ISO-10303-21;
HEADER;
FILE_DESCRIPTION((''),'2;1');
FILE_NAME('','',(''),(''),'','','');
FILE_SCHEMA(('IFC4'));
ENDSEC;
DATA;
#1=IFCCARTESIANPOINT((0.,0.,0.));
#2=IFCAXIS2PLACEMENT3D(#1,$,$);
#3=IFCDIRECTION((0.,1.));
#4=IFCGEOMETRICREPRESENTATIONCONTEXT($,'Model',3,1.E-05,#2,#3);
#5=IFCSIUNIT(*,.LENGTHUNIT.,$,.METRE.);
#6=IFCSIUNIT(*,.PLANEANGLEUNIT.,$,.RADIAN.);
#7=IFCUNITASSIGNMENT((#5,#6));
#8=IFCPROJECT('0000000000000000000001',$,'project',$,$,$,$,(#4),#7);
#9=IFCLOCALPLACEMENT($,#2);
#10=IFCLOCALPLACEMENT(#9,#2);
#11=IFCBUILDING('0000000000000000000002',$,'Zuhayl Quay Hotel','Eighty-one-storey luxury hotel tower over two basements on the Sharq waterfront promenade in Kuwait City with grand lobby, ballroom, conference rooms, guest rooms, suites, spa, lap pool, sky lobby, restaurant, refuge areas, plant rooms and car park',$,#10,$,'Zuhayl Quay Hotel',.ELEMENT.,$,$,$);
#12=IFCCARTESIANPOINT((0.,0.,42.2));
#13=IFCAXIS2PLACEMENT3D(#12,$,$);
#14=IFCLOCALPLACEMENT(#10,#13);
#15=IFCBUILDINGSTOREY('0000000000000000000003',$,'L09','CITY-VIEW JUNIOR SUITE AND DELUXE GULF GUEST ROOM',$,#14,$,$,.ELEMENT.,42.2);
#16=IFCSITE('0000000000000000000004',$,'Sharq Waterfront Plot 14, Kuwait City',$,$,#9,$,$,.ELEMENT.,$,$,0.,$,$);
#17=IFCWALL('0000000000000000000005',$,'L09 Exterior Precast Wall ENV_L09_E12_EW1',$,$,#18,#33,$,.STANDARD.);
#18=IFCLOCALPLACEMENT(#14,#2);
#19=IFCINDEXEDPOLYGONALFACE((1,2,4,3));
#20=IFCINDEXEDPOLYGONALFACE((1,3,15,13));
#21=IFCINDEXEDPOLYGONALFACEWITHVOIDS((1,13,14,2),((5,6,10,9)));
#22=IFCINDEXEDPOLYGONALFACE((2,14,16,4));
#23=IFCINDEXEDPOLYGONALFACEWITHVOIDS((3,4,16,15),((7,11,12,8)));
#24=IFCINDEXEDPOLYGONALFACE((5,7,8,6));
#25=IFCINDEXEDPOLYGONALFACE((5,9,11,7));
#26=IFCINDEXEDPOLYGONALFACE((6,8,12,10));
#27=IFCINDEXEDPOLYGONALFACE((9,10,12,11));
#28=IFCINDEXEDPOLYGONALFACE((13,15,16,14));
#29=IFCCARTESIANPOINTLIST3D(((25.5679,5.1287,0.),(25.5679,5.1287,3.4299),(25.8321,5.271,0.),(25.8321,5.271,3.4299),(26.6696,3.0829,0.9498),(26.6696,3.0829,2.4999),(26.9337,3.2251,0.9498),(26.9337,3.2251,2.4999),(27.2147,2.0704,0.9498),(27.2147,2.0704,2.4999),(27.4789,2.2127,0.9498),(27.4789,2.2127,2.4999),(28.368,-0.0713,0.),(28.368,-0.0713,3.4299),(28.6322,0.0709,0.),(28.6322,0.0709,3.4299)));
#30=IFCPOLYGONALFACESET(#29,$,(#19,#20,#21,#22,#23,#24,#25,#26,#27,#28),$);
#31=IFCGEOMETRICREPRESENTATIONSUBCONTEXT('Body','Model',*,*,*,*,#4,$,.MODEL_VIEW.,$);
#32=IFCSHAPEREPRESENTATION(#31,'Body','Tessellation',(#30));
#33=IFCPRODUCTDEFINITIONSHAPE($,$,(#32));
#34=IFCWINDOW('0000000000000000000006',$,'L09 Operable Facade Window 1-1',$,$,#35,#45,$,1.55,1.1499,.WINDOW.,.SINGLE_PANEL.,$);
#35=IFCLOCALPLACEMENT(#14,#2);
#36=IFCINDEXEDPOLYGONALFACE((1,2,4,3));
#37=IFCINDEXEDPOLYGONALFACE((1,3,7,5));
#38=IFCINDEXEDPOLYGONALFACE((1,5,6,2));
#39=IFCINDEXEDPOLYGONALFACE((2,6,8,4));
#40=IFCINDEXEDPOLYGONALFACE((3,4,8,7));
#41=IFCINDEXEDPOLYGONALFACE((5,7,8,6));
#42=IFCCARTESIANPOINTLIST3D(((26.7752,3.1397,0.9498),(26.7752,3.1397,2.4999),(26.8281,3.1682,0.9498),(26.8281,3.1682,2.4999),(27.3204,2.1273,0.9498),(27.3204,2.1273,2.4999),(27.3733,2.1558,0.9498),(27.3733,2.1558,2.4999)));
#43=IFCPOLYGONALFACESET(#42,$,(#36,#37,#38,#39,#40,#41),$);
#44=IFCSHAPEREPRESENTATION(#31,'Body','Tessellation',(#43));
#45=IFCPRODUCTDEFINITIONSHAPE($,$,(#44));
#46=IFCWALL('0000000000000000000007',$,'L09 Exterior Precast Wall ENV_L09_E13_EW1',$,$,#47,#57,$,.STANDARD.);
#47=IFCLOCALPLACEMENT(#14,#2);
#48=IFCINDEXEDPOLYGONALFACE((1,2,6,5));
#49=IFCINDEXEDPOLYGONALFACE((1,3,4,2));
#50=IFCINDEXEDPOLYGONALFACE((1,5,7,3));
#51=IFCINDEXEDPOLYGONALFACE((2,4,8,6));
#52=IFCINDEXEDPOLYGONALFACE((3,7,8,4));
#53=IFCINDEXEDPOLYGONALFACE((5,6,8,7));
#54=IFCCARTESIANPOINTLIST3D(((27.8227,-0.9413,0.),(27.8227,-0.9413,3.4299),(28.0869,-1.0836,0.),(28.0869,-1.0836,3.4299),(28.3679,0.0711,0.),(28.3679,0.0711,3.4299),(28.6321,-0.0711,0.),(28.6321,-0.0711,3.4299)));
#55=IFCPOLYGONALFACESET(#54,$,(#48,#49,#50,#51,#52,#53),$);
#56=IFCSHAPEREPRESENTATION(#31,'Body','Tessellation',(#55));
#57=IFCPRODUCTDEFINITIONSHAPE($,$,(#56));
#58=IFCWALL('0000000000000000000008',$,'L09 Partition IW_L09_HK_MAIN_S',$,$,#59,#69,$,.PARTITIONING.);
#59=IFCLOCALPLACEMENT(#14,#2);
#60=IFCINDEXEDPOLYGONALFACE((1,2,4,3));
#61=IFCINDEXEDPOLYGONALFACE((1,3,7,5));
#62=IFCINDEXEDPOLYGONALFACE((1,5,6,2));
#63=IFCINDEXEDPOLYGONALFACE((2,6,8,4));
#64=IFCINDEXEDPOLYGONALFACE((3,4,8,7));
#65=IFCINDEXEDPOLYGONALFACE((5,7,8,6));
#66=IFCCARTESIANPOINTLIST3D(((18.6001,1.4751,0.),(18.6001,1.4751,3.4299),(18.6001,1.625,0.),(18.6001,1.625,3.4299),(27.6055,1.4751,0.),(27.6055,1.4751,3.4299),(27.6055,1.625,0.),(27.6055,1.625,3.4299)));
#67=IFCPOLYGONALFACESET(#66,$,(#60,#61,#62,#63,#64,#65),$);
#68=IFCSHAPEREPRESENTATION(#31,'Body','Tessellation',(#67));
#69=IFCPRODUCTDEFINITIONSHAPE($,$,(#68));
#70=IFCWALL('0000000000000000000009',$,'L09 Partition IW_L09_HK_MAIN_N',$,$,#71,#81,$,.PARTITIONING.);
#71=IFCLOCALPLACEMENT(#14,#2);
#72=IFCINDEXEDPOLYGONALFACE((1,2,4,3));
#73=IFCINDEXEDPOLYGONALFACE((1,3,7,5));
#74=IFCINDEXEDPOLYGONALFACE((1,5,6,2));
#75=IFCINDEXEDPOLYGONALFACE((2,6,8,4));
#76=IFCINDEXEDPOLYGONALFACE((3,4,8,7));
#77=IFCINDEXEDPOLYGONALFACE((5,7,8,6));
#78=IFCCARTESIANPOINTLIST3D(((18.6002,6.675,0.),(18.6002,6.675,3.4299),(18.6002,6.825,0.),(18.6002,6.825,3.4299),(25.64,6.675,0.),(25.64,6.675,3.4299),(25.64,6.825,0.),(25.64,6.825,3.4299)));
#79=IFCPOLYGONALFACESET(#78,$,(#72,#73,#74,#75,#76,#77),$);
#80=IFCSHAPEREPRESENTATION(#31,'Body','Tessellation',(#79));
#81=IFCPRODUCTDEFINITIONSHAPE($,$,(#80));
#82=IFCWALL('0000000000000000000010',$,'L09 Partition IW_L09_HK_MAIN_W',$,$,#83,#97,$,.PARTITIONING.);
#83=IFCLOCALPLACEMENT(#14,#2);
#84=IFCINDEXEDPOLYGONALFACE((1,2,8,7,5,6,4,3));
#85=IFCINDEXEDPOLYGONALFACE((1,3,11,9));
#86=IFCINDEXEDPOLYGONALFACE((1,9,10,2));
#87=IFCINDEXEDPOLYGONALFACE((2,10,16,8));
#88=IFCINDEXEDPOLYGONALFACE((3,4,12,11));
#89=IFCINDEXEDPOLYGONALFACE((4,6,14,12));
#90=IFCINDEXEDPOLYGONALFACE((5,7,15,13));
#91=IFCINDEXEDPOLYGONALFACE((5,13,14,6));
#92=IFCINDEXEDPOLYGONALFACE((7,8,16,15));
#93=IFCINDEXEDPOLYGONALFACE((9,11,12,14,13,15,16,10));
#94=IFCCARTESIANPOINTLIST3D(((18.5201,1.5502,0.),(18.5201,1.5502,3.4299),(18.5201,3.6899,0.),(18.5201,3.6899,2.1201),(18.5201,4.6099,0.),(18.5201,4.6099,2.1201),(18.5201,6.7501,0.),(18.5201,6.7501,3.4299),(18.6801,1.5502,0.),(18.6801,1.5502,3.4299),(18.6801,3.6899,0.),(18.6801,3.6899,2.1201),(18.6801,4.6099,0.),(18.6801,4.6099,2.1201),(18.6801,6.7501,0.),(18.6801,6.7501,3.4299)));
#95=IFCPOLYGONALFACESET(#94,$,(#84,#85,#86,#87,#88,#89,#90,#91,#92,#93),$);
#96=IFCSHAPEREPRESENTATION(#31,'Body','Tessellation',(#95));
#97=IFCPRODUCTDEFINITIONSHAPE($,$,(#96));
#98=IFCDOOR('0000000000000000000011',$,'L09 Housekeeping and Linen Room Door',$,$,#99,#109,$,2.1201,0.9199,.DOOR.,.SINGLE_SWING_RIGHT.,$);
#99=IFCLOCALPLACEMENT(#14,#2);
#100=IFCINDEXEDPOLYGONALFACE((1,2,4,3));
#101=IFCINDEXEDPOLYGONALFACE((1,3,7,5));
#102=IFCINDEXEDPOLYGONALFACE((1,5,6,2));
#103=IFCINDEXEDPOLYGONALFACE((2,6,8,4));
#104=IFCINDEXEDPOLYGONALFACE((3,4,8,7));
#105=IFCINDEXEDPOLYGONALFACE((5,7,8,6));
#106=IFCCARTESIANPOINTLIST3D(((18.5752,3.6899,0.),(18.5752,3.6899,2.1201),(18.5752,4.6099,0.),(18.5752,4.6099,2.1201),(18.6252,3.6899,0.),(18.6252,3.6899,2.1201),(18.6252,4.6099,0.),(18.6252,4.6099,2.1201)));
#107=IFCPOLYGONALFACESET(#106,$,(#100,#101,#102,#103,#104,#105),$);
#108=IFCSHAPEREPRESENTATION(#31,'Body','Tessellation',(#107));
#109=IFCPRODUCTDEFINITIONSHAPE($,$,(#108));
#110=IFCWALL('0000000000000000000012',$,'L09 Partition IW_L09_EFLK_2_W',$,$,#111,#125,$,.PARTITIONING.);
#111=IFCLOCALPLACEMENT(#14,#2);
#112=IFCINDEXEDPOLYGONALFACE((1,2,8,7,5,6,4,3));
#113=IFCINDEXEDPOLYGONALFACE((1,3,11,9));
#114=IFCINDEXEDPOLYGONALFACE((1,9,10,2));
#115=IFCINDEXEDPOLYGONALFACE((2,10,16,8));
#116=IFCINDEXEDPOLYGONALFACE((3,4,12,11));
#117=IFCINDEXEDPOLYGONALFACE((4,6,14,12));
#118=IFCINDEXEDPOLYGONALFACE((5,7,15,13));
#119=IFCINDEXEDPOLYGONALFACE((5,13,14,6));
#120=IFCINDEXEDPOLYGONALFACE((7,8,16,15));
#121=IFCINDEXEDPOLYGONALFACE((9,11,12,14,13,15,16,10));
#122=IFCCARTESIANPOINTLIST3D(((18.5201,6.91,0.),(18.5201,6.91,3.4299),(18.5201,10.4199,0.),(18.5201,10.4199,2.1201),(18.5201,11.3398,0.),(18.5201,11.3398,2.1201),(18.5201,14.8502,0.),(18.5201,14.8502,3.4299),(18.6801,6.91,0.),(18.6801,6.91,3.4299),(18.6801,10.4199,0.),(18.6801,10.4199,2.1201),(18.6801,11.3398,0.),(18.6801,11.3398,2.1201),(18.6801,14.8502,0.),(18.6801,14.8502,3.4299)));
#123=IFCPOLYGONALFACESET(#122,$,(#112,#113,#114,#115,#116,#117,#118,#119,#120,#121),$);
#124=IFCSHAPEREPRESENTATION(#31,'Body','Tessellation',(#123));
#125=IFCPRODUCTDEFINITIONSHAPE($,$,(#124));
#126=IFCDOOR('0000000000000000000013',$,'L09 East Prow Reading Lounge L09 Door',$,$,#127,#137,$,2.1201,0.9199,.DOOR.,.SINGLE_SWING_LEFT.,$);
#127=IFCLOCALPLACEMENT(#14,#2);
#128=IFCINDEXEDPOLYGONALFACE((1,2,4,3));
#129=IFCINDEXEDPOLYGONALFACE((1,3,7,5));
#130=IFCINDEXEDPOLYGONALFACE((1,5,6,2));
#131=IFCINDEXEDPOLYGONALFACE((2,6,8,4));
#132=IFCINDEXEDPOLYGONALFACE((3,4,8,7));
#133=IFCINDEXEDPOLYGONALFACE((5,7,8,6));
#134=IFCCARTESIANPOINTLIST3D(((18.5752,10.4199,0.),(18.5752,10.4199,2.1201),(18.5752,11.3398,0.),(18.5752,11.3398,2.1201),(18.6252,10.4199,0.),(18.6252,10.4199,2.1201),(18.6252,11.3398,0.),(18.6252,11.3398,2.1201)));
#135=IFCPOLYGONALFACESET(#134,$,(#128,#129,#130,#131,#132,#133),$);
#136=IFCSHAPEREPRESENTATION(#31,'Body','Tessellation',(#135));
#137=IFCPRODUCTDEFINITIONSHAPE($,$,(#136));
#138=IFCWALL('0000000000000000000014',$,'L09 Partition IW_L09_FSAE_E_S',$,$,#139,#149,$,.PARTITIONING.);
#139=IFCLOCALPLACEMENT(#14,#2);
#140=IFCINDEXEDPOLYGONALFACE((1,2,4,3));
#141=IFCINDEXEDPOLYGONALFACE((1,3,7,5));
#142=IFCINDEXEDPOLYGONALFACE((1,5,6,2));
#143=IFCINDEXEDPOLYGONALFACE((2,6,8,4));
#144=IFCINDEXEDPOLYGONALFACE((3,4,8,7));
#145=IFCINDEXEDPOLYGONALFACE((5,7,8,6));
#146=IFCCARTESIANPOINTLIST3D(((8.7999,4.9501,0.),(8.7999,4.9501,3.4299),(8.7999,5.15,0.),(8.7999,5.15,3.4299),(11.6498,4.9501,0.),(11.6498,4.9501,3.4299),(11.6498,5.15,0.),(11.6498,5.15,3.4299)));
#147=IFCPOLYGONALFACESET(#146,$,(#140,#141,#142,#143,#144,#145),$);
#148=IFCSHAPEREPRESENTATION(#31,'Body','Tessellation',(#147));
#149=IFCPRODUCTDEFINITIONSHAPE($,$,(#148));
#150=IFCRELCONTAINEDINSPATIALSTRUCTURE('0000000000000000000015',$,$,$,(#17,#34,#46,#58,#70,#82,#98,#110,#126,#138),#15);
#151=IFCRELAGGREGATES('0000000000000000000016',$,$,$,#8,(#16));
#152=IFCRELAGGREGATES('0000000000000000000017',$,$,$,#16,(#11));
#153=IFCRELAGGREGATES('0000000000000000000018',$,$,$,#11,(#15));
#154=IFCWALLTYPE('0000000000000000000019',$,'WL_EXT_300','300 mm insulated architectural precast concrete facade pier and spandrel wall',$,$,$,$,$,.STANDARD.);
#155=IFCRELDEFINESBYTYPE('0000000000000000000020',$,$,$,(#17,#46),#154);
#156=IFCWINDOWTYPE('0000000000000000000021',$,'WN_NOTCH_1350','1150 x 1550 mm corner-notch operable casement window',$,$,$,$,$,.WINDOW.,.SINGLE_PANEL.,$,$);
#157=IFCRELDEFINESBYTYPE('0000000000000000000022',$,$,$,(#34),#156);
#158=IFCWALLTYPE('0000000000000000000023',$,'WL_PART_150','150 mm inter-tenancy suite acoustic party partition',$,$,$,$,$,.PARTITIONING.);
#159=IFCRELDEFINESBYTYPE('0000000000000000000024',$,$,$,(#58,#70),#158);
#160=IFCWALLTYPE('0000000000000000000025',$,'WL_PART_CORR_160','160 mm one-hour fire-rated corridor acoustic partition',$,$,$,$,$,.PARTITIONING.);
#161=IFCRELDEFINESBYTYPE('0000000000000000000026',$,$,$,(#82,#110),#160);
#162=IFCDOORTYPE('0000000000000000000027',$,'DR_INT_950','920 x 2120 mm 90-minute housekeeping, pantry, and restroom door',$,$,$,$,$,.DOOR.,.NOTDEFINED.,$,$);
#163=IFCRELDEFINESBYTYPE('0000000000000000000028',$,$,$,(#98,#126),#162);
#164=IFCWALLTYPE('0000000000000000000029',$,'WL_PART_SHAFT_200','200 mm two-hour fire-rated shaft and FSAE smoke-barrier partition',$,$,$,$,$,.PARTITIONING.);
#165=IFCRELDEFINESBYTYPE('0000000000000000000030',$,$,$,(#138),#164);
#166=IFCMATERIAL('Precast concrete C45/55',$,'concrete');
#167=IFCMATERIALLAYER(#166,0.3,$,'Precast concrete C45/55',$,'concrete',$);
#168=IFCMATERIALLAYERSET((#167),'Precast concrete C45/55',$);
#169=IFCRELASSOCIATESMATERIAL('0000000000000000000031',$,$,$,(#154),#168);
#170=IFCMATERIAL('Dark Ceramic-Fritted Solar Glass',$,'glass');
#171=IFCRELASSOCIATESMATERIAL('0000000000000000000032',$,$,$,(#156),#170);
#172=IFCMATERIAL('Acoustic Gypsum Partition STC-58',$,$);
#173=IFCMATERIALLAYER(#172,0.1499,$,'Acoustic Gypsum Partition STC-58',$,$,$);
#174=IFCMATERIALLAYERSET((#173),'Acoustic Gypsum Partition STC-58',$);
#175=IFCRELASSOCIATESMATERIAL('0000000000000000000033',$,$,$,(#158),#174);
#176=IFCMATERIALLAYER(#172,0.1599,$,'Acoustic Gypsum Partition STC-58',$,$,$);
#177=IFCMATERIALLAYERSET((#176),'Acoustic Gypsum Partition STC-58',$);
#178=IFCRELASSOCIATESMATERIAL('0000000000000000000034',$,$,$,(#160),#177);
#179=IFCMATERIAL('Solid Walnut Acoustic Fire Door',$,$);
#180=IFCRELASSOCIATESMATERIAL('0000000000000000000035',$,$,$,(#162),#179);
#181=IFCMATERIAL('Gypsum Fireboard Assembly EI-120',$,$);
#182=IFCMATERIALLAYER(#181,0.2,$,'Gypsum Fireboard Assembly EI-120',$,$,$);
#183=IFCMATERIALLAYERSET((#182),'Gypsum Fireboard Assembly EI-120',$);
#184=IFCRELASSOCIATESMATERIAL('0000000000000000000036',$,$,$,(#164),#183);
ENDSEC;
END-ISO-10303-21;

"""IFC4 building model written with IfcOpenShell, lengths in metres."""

from ifc_helpers import new_model, si_unit, direction, frame, frame_2d, origin, place, context, subcontext, project, spatial, rectangle, extrude, material, layer, layer_set, type_object, element, fill, save


model = new_model("IFC4")

# Units and contexts
model_context = context("Model", 3, precision=1e-05, world=origin(), true_north=direction((0.0, 1.0)))
body_context = subcontext(model_context, "Body", "Model", "MODEL_VIEW")
ifc_project = project(units=[si_unit("LENGTHUNIT", "METRE"), si_unit("PLANEANGLEUNIT", "RADIAN")], contexts=[model_context])

# Site, building, storey
site_placement = place(None, origin())
site = spatial("IfcSite", under=ifc_project, at=site_placement, Name="Sharq Waterfront Plot 14, Kuwait City", CompositionType="ELEMENT", RefElevation=0.0)
building_placement = place(site_placement, origin())
building = spatial("IfcBuilding", under=site, at=building_placement, Name="Zuhayl Quay Hotel", Description="Eighty-one-storey luxury hotel tower over two basements on the Sharq waterfront promenade in Kuwait City with grand lobby, ballroom, conference rooms, guest rooms, suites, spa, lap pool, sky lobby, restaurant, refuge areas, plant rooms and car park", LongName="Zuhayl Quay Hotel", CompositionType="ELEMENT")
storey_placement = place(building_placement, frame((0.0, 0.0, 42.2)))
storey = spatial("IfcBuildingStorey", under=building, at=storey_placement, Name="L09", Description="CITY-VIEW JUNIOR SUITE AND DELUXE GULF GUEST ROOM", CompositionType="ELEMENT", Elevation=42.2)

# Shared definitions
ifc_material_1 = material(Name="Dark Ceramic-Fritted Solar Glass", Category="glass")

# Shared definitions
ifc_material_2 = material(Name="Precast concrete C45/55", Category="concrete")
ifc_layer_1 = layer(ifc_material_2, 0.3, Name="Precast concrete C45/55", Category="concrete")
ifc_layer_set_1 = layer_set([ifc_layer_1], Name="Precast concrete C45/55")
wall_type_1 = type_object("IfcWallType", Name="WL_EXT_300", Description="300 mm insulated architectural precast concrete facade pier and spandrel wall", PredefinedType="STANDARD", material=ifc_layer_set_1)

# Wall, opening, window
wall_1_placement = place(storey_placement, frame((25.7, 5.2, 0.0), z_axis=(0.0, 0.0, 1.0), x_axis=(0.47411, -0.880466, 0.0)))
wall_1 = element("IfcWall", 1, at=wall_1_placement, inside=storey, type_object=wall_type_1, Name="L09 Exterior Precast Wall ENV_L09_E12_EW1", PredefinedType="STANDARD", context=body_context, shape_type="SweptSolid", body=[
    extrude(rectangle(XDim=5.906, YDim=0.3, at=frame_2d((2.9531, 0.0))), origin(), (0.0, 0.0, 1.0), 3.4299),
])
opening_1_placement = place(wall_1_placement, frame((2.3237, 0.0, 0.95)))
opening_1 = element("IfcOpeningElement", 2, at=opening_1_placement, cuts=wall_1, PredefinedType="OPENING", context=body_context, shape_type="SweptSolid", body=[
    extrude(rectangle(XDim=1.1499, YDim=1.55, at=frame_2d((0.575, 0.7749))), frame((0.0, 0.1599, 0.0), z_axis=(0.0, -1.0, 0.0), x_axis=(1.0, 0.0, 0.0)), (0.0, 0.0, 1.0), 0.3201),
])
window_type = type_object("IfcWindowType", Name="WN_NOTCH_1350", Description="1150 x 1550 mm corner-notch operable casement window", PartitioningType="SINGLE_PANEL", PredefinedType="WINDOW", material=ifc_material_1)
window_placement = place(opening_1_placement, origin())
window = element("IfcWindow", 3, at=window_placement, inside=storey, type_object=window_type, Name="L09 Operable Facade Window 1-1", OverallHeight=1.55, OverallWidth=1.1499, PartitioningType="SINGLE_PANEL", PredefinedType="WINDOW", context=body_context, shape_type="SweptSolid", body=[
    extrude(rectangle(XDim=1.1499, YDim=1.55, at=frame_2d((0.575, 0.7749))), frame((0.0, 0.03, 0.0), z_axis=(0.0, -1.0, 0.0), x_axis=(1.0, 0.0, 0.0)), (0.0, 0.0, 1.0), 0.0601),
])
fill(opening_1, window)

# Walls
wall_2_placement = place(storey_placement, frame((28.5, 0.0, 0.0), z_axis=(0.0, 0.0, 1.0), x_axis=(-0.4741, -0.880471, 0.0)))
element("IfcWall", 4, at=wall_2_placement, inside=storey, type_object=wall_type_1, Name="L09 Exterior Precast Wall ENV_L09_E13_EW1", PredefinedType="STANDARD", context=body_context, shape_type="SweptSolid", body=[
    extrude(rectangle(XDim=1.1499, YDim=0.3, at=frame_2d((0.575, 0.0))), origin(), (0.0, 0.0, 1.0), 3.4299),
])
ifc_material_3 = material(Name="Acoustic Gypsum Partition STC-58")
ifc_layer_2 = layer(ifc_material_3, 0.1499, Name="Acoustic Gypsum Partition STC-58")
ifc_layer_set_2 = layer_set([ifc_layer_2], Name="Acoustic Gypsum Partition STC-58")
wall_type_2 = type_object("IfcWallType", Name="WL_PART_150", Description="150 mm inter-tenancy suite acoustic party partition", PredefinedType="PARTITIONING", material=ifc_layer_set_2)
wall_3_placement = place(storey_placement, frame((18.6001, 1.55, 0.0), z_axis=(0.0, 0.0, 1.0), x_axis=(1.0, 0.0, 0.0)))
element("IfcWall", 5, at=wall_3_placement, inside=storey, type_object=wall_type_2, Name="L09 Partition IW_L09_HK_MAIN_S", PredefinedType="PARTITIONING", context=body_context, shape_type="SweptSolid", body=[
    extrude(rectangle(XDim=9.0054, YDim=0.1499, at=frame_2d((4.5027, 0.0))), origin(), (0.0, 0.0, 1.0), 3.4299),
])
wall_4_placement = place(storey_placement, frame((18.6001, 6.75, 0.0), z_axis=(0.0, 0.0, 1.0), x_axis=(1.0, 0.0, 0.0)))
element("IfcWall", 6, at=wall_4_placement, inside=storey, type_object=wall_type_2, Name="L09 Partition IW_L09_HK_MAIN_N", PredefinedType="PARTITIONING", context=body_context, shape_type="SweptSolid", body=[
    extrude(rectangle(XDim=7.0398, YDim=0.1499, at=frame_2d((3.52, 0.0))), origin(), (0.0, 0.0, 1.0), 3.4299),
])

# Walls, openings, doors
ifc_layer_3 = layer(ifc_material_3, 0.1599, Name="Acoustic Gypsum Partition STC-58")
ifc_layer_set_3 = layer_set([ifc_layer_3], Name="Acoustic Gypsum Partition STC-58")
wall_type_3 = type_object("IfcWallType", Name="WL_PART_CORR_160", Description="160 mm one-hour fire-rated corridor acoustic partition", PredefinedType="PARTITIONING", material=ifc_layer_set_3)
wall_5_placement = place(storey_placement, frame((18.6001, 1.55, 0.0), z_axis=(0.0, 0.0, 1.0), x_axis=(0.0, 1.0, 0.0)))
wall_5 = element("IfcWall", 7, at=wall_5_placement, inside=storey, type_object=wall_type_3, Name="L09 Partition IW_L09_HK_MAIN_W", PredefinedType="PARTITIONING", context=body_context, shape_type="SweptSolid", body=[
    extrude(rectangle(XDim=5.2, YDim=0.1599, at=frame_2d((2.6001, 0.0))), origin(), (0.0, 0.0, 1.0), 3.4299),
])
opening_2_placement = place(wall_5_placement, frame((2.1399, 0.0, 0.0)))
opening_2 = element("IfcOpeningElement", 8, at=opening_2_placement, cuts=wall_5, PredefinedType="OPENING", context=body_context, shape_type="SweptSolid", body=[
    extrude(rectangle(XDim=0.9199, YDim=2.1201, at=frame_2d((0.46, 1.0601))), frame((0.0, 0.0898, 0.0), z_axis=(0.0, -1.0, 0.0), x_axis=(1.0, 0.0, 0.0)), (0.0, 0.0, 1.0), 0.1799),
])
ifc_material_4 = material(Name="Solid Walnut Acoustic Fire Door")
door_type = type_object("IfcDoorType", Name="DR_INT_950", Description="920 x 2120 mm 90-minute housekeeping, pantry, and restroom door", OperationType="NOTDEFINED", PredefinedType="DOOR", material=ifc_material_4)
door_1_placement = place(opening_2_placement, origin())
door_1 = element("IfcDoor", 9, at=door_1_placement, inside=storey, type_object=door_type, Name="L09 Housekeeping and Linen Room Door", OperationType="SINGLE_SWING_RIGHT", OverallHeight=2.1201, OverallWidth=0.9199, PredefinedType="DOOR", context=body_context, shape_type="SweptSolid", body=[
    extrude(rectangle(XDim=0.9199, YDim=2.1201, at=frame_2d((0.46, 1.0601))), frame((0.0, 0.0249, 0.0), z_axis=(0.0, -1.0, 0.0), x_axis=(1.0, 0.0, 0.0)), (0.0, 0.0, 1.0), 0.05),
])
fill(opening_2, door_1)
wall_6_placement = place(storey_placement, frame((18.6001, 6.9099, 0.0), z_axis=(0.0, 0.0, 1.0), x_axis=(0.0, 1.0, 0.0)))
wall_6 = element("IfcWall", 10, at=wall_6_placement, inside=storey, type_object=wall_type_3, Name="L09 Partition IW_L09_EFLK_2_W", PredefinedType="PARTITIONING", context=body_context, shape_type="SweptSolid", body=[
    extrude(rectangle(XDim=7.9402, YDim=0.1599, at=frame_2d((3.9702, 0.0))), origin(), (0.0, 0.0, 1.0), 3.4299),
])
opening_3_placement = place(wall_6_placement, frame((3.51, 0.0, 0.0)))
opening_3 = element("IfcOpeningElement", 11, at=opening_3_placement, cuts=wall_6, PredefinedType="OPENING", context=body_context, shape_type="SweptSolid", body=[
    extrude(rectangle(XDim=0.9199, YDim=2.1201, at=frame_2d((0.46, 1.0601))), frame((0.0, 0.0898, 0.0), z_axis=(0.0, -1.0, 0.0), x_axis=(1.0, 0.0, 0.0)), (0.0, 0.0, 1.0), 0.1799),
])
door_2_placement = place(opening_3_placement, origin())
door_2 = element("IfcDoor", 12, at=door_2_placement, inside=storey, type_object=door_type, Name="L09 East Prow Reading Lounge L09 Door", OperationType="SINGLE_SWING_LEFT", OverallHeight=2.1201, OverallWidth=0.9199, PredefinedType="DOOR", context=body_context, shape_type="SweptSolid", body=[
    extrude(rectangle(XDim=0.9199, YDim=2.1201, at=frame_2d((0.46, 1.0601))), frame((0.0, 0.0249, 0.0), z_axis=(0.0, -1.0, 0.0), x_axis=(1.0, 0.0, 0.0)), (0.0, 0.0, 1.0), 0.05),
])
fill(opening_3, door_2)

# Wall
ifc_material_5 = material(Name="Gypsum Fireboard Assembly EI-120")
ifc_layer_4 = layer(ifc_material_5, 0.2, Name="Gypsum Fireboard Assembly EI-120")
ifc_layer_set_4 = layer_set([ifc_layer_4], Name="Gypsum Fireboard Assembly EI-120")
wall_type_4 = type_object("IfcWallType", Name="WL_PART_SHAFT_200", Description="200 mm two-hour fire-rated shaft and FSAE smoke-barrier partition", PredefinedType="PARTITIONING", material=ifc_layer_set_4)
wall_7_placement = place(storey_placement, frame((8.8, 5.05, 0.0), z_axis=(0.0, 0.0, 1.0), x_axis=(1.0, 0.0, 0.0)))
element("IfcWall", 13, at=wall_7_placement, inside=storey, type_object=wall_type_4, Name="L09 Partition IW_L09_FSAE_E_S", PredefinedType="PARTITIONING", context=body_context, shape_type="SweptSolid", body=[
    extrude(rectangle(XDim=2.8499, YDim=0.2, at=frame_2d((1.4248, 0.0))), origin(), (0.0, 0.0, 1.0), 3.4299),
])

save(model, "model.ifc")
